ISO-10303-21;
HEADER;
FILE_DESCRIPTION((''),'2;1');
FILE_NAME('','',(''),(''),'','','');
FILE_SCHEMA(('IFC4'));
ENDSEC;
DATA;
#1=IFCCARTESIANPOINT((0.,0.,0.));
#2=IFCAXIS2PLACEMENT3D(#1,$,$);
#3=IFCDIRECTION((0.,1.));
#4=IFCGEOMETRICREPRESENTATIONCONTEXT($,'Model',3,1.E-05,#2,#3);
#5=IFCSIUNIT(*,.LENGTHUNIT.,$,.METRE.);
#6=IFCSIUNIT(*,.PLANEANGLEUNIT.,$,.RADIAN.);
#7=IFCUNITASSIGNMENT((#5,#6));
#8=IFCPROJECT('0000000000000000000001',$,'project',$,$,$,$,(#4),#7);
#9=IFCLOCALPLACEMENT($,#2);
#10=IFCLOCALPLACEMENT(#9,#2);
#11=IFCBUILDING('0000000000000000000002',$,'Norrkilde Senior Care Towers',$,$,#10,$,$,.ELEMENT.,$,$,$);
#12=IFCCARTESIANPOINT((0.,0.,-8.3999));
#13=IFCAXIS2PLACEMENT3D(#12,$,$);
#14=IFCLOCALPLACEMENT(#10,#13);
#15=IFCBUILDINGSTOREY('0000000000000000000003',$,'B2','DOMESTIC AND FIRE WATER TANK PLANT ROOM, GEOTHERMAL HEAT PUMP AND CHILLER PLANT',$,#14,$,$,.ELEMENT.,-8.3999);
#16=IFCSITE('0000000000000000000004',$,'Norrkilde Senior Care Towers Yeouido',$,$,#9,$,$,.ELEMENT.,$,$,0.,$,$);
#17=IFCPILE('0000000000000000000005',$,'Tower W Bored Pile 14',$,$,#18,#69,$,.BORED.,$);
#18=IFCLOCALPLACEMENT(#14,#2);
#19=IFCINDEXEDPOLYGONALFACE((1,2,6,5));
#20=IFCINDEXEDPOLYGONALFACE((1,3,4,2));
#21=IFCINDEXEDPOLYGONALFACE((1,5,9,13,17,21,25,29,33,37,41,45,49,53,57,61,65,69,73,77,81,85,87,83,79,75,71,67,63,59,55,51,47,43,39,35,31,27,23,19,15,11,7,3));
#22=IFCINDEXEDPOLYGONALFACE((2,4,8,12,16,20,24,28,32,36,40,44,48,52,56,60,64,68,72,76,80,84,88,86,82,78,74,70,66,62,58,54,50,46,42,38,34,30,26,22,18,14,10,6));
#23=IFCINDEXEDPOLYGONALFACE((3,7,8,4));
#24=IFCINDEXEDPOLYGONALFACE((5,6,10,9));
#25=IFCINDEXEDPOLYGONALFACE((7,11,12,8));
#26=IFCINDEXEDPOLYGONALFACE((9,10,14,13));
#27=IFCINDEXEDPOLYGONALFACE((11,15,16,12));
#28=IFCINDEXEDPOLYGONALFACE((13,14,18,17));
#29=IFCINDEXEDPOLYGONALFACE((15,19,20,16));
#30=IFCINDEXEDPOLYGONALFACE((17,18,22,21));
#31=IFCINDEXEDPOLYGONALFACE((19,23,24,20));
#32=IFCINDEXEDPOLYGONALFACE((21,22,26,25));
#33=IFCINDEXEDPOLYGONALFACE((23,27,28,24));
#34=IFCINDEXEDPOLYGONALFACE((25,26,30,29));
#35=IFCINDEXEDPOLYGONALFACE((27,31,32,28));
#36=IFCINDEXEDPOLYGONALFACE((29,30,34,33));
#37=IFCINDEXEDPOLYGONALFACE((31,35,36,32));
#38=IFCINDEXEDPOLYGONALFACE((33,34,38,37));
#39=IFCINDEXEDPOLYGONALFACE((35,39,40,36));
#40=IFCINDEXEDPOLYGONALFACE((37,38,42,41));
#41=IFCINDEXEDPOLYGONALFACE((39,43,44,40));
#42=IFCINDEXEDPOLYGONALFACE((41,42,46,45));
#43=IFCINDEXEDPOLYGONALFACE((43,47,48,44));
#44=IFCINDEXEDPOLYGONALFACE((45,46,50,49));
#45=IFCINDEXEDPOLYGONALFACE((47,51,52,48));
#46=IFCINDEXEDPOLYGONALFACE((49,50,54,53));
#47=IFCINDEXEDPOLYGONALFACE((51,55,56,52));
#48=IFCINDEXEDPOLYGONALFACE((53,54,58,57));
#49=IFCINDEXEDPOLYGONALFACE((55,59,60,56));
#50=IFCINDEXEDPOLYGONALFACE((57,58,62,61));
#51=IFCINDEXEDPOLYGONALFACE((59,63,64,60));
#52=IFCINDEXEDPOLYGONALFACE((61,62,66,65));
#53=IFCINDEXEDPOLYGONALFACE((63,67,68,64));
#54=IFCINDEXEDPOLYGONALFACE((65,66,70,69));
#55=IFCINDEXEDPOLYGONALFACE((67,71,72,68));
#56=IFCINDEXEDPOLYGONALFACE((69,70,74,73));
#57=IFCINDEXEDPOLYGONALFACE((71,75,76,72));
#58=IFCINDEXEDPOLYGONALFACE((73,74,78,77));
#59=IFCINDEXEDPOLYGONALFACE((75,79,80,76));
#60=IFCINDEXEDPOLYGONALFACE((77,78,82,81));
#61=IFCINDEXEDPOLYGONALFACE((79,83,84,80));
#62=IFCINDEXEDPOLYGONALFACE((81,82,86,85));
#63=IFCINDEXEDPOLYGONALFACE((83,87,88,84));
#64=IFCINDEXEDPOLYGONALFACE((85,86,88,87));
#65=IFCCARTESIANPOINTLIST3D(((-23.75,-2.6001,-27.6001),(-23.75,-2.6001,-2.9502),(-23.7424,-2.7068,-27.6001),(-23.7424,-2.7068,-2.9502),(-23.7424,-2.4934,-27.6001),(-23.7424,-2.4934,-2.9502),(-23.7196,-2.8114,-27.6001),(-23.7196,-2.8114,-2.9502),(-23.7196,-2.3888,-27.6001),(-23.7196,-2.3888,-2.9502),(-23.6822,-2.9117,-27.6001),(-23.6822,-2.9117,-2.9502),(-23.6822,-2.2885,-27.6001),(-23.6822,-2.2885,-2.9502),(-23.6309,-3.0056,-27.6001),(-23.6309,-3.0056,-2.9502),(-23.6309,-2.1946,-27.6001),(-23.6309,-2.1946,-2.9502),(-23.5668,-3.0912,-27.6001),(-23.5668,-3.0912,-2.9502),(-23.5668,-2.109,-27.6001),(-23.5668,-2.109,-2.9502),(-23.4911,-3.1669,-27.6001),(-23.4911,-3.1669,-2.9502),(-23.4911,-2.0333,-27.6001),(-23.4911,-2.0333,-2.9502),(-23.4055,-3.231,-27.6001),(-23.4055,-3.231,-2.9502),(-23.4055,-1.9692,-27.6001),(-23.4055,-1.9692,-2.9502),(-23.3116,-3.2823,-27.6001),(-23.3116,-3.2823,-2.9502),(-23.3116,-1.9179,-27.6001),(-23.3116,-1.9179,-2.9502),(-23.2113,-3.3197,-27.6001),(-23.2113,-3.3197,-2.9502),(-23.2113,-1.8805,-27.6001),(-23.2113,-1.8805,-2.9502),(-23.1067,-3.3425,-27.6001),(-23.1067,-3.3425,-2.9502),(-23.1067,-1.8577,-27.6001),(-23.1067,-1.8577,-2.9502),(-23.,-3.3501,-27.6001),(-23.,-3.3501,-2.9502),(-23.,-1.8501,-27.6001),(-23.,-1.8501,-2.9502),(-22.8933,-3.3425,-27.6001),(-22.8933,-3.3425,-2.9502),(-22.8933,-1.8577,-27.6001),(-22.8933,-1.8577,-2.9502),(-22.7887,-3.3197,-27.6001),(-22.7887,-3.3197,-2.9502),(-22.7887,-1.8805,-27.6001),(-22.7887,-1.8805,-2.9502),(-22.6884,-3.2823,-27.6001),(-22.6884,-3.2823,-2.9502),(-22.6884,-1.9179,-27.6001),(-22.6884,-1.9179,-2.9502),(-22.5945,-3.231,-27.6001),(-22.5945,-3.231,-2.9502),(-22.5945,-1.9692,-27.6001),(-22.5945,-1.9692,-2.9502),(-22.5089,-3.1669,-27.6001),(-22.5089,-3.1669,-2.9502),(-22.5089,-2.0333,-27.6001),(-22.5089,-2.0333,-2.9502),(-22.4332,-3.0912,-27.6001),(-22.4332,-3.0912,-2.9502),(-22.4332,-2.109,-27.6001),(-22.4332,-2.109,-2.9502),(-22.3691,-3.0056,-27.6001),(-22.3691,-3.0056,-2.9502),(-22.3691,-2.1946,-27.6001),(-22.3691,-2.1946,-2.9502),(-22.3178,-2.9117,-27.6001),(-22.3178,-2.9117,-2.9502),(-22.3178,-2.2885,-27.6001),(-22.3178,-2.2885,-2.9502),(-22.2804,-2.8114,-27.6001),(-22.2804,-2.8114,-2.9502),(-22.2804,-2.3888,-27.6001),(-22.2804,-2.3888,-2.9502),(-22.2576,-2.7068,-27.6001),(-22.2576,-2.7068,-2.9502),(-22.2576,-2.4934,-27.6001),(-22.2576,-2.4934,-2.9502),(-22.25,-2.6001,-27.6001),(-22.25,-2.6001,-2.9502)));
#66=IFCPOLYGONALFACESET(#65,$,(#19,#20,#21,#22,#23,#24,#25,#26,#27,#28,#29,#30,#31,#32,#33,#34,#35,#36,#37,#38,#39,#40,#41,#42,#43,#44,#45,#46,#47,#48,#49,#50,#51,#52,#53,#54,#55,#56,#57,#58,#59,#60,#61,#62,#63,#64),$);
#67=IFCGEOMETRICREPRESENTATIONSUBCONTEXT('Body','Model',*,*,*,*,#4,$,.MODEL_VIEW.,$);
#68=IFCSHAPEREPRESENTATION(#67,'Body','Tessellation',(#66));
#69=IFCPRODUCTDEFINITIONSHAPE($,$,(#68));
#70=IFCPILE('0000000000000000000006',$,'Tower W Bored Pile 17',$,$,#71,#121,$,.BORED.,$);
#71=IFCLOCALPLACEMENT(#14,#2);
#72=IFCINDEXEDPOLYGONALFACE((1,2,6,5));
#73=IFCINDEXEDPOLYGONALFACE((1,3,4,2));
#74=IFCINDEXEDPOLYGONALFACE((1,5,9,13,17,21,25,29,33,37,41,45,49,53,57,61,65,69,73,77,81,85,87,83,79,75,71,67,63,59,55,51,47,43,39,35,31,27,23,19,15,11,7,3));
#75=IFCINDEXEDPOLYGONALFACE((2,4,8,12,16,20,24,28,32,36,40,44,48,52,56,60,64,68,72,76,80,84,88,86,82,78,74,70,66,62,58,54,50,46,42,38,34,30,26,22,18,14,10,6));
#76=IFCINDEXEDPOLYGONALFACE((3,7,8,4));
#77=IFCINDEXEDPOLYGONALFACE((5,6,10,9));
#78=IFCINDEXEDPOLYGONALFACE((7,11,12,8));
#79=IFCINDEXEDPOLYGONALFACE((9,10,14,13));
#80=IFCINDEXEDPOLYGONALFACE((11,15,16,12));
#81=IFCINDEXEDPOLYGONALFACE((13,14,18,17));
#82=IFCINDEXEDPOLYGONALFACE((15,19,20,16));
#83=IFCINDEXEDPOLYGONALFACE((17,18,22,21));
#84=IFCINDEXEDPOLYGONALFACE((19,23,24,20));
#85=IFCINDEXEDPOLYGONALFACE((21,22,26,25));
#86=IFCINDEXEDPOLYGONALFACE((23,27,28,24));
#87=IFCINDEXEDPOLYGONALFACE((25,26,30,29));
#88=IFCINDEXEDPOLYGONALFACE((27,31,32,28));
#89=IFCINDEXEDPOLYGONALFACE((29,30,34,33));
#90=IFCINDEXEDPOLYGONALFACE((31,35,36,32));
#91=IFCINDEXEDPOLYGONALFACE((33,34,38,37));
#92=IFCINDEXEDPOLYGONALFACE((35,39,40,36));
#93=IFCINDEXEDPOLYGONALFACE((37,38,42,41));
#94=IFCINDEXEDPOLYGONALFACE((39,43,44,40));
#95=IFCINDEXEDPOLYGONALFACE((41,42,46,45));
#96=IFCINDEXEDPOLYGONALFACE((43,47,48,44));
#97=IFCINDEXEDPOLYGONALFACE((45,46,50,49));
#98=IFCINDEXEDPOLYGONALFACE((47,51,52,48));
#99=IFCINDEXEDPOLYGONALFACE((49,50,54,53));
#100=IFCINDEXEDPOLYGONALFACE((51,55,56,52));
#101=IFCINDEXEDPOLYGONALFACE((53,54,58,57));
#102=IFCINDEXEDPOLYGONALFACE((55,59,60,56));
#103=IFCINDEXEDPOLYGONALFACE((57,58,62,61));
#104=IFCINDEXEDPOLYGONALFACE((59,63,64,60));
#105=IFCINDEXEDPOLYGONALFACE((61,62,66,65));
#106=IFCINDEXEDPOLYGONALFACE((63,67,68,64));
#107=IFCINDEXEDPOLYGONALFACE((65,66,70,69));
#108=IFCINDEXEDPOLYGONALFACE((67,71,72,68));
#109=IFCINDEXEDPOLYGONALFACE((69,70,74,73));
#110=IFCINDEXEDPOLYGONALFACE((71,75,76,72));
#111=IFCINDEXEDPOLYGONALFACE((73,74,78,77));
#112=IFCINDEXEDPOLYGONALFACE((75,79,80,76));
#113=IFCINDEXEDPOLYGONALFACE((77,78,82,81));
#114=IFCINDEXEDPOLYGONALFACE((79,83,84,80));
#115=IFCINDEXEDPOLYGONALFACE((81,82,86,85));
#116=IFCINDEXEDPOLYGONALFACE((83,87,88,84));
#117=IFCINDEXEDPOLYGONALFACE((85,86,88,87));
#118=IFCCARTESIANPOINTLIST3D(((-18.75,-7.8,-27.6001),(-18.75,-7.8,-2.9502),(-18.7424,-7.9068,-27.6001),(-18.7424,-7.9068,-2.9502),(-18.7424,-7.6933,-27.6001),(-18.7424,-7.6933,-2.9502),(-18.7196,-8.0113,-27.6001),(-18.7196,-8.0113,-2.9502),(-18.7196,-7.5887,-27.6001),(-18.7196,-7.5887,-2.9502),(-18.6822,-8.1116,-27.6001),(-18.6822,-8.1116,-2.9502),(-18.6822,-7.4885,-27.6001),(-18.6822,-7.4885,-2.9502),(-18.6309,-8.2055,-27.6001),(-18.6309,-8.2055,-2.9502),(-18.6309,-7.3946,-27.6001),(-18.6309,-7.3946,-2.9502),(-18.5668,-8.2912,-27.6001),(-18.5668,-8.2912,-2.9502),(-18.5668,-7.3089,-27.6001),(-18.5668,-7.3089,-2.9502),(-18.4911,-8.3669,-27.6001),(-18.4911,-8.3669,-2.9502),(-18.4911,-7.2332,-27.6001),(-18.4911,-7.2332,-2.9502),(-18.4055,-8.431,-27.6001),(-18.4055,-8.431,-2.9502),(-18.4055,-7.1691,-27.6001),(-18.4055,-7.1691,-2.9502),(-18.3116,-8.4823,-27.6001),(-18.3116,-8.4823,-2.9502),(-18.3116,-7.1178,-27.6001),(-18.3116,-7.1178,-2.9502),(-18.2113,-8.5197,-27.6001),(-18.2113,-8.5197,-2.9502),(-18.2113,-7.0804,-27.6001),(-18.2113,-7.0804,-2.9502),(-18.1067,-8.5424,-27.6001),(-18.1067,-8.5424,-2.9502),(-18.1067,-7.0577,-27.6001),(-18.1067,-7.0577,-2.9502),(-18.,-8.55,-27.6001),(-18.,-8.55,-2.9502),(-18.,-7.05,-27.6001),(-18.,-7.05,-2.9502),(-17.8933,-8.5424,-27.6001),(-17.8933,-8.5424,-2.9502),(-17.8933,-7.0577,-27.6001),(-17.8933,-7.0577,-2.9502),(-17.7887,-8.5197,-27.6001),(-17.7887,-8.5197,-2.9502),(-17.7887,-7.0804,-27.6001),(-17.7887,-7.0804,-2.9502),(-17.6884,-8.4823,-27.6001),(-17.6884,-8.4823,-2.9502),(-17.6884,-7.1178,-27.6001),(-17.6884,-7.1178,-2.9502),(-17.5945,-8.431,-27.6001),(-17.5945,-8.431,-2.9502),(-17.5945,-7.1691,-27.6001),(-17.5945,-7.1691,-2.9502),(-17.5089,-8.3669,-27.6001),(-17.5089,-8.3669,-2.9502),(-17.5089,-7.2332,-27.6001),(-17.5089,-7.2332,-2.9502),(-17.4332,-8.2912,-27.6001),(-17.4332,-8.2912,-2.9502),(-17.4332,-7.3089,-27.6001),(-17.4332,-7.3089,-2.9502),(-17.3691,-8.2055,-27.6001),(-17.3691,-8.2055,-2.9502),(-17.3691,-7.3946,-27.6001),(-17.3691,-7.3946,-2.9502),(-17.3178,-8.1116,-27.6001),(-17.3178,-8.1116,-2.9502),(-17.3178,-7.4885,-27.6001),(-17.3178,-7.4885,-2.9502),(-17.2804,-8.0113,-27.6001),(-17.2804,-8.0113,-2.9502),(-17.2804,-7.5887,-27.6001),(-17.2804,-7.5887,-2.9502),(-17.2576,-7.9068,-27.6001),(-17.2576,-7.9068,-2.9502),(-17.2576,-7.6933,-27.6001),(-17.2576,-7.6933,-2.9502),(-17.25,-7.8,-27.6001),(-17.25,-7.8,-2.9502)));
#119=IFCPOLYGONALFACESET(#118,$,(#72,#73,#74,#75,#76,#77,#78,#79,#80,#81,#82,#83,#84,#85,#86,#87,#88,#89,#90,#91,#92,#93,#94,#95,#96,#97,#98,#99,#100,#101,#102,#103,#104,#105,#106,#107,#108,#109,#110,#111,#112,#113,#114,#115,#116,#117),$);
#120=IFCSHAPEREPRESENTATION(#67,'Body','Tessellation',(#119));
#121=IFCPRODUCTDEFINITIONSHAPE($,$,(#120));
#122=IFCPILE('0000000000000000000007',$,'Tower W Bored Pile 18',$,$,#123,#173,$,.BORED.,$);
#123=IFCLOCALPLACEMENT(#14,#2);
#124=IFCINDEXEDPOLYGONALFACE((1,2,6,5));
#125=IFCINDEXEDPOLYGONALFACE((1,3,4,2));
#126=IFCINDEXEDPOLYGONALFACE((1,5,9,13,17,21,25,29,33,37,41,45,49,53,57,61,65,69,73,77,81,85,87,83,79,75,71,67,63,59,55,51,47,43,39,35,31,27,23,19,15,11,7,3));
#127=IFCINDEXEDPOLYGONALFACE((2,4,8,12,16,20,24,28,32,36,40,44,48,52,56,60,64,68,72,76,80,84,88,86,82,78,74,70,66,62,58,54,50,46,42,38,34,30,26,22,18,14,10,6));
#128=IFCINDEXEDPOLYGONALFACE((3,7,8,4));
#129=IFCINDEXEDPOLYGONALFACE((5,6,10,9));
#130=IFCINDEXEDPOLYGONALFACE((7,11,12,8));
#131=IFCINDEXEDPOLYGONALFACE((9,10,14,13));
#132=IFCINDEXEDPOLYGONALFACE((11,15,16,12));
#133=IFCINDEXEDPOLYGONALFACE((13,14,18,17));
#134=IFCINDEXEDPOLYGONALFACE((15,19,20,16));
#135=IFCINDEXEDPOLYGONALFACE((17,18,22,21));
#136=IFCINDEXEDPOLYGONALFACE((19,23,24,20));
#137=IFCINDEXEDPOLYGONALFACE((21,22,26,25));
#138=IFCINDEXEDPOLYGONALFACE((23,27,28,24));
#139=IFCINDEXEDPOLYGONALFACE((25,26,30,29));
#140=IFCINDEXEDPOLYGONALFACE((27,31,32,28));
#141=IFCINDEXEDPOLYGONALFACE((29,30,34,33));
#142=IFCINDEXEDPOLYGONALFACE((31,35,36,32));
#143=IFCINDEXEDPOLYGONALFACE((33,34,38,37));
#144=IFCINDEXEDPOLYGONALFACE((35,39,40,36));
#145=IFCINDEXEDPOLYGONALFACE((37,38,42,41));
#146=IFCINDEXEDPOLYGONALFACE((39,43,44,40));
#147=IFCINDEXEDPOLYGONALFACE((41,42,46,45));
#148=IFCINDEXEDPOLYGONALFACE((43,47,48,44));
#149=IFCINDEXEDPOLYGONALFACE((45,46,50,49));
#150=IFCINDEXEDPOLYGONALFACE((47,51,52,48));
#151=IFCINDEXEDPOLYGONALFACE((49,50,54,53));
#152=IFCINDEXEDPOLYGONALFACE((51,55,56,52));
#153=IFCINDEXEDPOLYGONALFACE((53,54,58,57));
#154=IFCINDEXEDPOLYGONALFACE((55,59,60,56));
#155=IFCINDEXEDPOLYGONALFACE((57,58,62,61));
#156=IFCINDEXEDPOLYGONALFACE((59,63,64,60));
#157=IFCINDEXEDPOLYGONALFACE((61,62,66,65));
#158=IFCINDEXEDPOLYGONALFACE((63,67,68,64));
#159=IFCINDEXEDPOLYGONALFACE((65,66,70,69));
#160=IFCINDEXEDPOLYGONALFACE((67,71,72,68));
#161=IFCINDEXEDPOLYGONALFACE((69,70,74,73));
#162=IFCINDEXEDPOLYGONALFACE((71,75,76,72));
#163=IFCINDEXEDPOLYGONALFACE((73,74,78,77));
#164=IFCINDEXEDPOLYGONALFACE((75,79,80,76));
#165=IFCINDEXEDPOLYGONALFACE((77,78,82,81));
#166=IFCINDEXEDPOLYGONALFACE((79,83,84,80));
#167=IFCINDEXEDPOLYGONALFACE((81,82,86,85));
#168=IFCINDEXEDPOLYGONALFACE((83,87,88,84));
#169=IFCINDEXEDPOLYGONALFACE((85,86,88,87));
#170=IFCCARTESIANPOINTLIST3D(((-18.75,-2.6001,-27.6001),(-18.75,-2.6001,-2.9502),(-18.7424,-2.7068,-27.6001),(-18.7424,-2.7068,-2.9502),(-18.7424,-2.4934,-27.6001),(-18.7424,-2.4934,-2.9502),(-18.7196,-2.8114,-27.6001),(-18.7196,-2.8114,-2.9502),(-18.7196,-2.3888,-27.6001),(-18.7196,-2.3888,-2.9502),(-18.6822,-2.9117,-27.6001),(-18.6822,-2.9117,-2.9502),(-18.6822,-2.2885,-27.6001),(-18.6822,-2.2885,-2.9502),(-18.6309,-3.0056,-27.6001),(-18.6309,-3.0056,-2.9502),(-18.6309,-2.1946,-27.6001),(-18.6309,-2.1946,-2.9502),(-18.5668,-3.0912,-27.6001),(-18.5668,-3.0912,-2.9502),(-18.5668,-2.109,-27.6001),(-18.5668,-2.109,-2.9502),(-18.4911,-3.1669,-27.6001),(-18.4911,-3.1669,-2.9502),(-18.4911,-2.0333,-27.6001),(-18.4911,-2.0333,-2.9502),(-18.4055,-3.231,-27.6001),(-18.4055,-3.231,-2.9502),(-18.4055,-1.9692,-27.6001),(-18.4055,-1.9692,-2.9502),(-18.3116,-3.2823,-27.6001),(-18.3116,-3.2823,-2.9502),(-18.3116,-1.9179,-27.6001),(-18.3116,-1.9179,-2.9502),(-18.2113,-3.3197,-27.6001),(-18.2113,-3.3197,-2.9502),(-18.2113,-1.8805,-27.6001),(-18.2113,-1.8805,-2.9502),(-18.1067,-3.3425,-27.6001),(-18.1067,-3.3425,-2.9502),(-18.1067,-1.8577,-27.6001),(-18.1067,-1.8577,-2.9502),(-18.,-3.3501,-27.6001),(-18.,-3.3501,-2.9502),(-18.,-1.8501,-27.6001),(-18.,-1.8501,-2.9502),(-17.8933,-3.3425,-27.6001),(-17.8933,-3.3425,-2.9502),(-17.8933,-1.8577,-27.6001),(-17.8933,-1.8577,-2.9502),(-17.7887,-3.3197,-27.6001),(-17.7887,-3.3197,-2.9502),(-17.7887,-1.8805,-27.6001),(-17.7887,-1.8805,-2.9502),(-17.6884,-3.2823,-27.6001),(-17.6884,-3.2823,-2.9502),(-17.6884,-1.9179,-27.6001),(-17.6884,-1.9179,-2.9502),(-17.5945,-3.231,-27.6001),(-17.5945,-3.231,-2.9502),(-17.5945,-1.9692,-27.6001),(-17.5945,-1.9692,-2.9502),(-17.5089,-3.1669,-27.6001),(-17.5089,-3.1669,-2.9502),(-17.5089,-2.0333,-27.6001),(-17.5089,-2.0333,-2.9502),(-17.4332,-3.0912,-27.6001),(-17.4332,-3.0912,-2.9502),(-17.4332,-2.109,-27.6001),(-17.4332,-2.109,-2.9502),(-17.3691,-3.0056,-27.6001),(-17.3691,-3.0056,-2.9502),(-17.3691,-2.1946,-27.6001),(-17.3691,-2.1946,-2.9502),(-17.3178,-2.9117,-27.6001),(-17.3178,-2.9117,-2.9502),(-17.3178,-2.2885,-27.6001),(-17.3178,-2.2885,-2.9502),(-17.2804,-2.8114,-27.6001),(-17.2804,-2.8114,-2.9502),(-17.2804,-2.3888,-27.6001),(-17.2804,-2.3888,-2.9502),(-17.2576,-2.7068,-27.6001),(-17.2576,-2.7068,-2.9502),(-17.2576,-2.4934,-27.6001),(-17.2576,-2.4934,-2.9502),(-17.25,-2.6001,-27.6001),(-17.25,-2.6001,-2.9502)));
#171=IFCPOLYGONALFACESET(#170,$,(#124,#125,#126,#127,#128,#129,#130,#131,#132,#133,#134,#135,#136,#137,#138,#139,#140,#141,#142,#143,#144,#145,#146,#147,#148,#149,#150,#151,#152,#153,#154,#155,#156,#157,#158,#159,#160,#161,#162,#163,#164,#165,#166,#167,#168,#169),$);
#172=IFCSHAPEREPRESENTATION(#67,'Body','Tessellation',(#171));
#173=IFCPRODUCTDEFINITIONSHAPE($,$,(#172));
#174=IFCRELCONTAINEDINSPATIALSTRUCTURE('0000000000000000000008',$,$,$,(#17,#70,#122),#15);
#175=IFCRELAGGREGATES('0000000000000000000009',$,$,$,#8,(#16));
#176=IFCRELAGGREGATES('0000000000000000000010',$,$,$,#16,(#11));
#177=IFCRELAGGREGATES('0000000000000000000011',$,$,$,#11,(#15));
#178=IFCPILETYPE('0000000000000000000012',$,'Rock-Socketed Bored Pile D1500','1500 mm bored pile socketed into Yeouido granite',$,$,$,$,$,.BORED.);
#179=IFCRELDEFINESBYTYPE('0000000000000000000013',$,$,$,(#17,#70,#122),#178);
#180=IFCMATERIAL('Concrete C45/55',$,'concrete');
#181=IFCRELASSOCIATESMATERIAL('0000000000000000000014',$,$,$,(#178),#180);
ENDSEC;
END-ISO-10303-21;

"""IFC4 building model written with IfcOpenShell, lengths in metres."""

from ifc_helpers import new_model, si_unit, direction, frame, origin, origin_2d, place, context, subcontext, project, spatial, circle, extrude, source, transform, mapped, material, material_profile, profile_set, type_object, type_shapes, element, save


model = new_model("IFC4")

# Units and contexts
model_context = context("Model", 3, precision=1e-05, world=origin(), true_north=direction((0.0, 1.0)))
body_context = subcontext(model_context, "Body", "Model", "MODEL_VIEW")
ifc_project = project(units=[si_unit("LENGTHUNIT", "METRE"), si_unit("PLANEANGLEUNIT", "RADIAN")], contexts=[model_context])

# Site, building, storey
site_placement = place(None, origin())
site = spatial("IfcSite", under=ifc_project, at=site_placement, Name="Norrkilde Senior Care Towers Yeouido", CompositionType="ELEMENT", RefElevation=0.0)
building_placement = place(site_placement, origin())
building = spatial("IfcBuilding", under=site, at=building_placement, Name="Norrkilde Senior Care Towers", CompositionType="ELEMENT")
storey_placement = place(building_placement, frame((0.0, 0.0, -8.3999)))
storey = spatial("IfcBuildingStorey", under=building, at=storey_placement, Name="B2", Description="DOMESTIC AND FIRE WATER TANK PLANT ROOM, GEOTHERMAL HEAT PUMP AND CHILLER PLANT", CompositionType="ELEMENT", Elevation=-8.3999)

# Piles
ifc_material_1 = material(Name="Concrete C45/55", Category="concrete")
ifc_material_profile_1 = material_profile(ifc_material_1, circle(Radius=0.75, at=origin_2d()), Name="BORED PILE 1500")
ifc_profile_set_1 = profile_set([ifc_material_profile_1], Name="Concrete C45/55")
pile_type_1 = type_object("IfcPileType", Name="Rock-Socketed Bored Pile D1500", Description="1500 mm bored pile socketed into Yeouido granite", PredefinedType="BORED", material=ifc_profile_set_1)
shared_shape_1 = source(origin(), body_context, "Body", "SweptSolid", [
    extrude(circle(Radius=0.75, at=origin_2d()), origin(), (0.0, 0.0, 1.0), 24.6499),
])
type_shapes(pile_type_1, [shared_shape_1])
for number, where, z_axis, x_axis, name in (
    (1, (-23.0, -2.6001, -2.9502), (0.0, 0.0, -1.0), (1.0, 0.0, 0.0), "Tower W Bored Pile 14"),
    (2, (-18.0, -7.8, -2.9502), (0.0, 0.0, -1.0), (1.0, 0.0, 0.0), "Tower W Bored Pile 17"),
    (3, (-18.0, -2.6001, -2.9502), (0.0, 0.0, -1.0), (1.0, 0.0, 0.0), "Tower W Bored Pile 18"),
):
    element("IfcPile", number, at=place(storey_placement, frame(where, z_axis=z_axis, x_axis=x_axis)), inside=storey, type_object=pile_type_1, Name=name, PredefinedType="BORED", context=body_context, shape_type="MappedRepresentation", body=[
        mapped(shared_shape_1, transform((0.0, 0.0, 0.0), x_axis=(1.0, 0.0, 0.0), y_axis=(0.0, 1.0, 0.0), z_axis=(0.0, 0.0, 1.0), scale=1.0)),
    ])

save(model, "model.ifc")
